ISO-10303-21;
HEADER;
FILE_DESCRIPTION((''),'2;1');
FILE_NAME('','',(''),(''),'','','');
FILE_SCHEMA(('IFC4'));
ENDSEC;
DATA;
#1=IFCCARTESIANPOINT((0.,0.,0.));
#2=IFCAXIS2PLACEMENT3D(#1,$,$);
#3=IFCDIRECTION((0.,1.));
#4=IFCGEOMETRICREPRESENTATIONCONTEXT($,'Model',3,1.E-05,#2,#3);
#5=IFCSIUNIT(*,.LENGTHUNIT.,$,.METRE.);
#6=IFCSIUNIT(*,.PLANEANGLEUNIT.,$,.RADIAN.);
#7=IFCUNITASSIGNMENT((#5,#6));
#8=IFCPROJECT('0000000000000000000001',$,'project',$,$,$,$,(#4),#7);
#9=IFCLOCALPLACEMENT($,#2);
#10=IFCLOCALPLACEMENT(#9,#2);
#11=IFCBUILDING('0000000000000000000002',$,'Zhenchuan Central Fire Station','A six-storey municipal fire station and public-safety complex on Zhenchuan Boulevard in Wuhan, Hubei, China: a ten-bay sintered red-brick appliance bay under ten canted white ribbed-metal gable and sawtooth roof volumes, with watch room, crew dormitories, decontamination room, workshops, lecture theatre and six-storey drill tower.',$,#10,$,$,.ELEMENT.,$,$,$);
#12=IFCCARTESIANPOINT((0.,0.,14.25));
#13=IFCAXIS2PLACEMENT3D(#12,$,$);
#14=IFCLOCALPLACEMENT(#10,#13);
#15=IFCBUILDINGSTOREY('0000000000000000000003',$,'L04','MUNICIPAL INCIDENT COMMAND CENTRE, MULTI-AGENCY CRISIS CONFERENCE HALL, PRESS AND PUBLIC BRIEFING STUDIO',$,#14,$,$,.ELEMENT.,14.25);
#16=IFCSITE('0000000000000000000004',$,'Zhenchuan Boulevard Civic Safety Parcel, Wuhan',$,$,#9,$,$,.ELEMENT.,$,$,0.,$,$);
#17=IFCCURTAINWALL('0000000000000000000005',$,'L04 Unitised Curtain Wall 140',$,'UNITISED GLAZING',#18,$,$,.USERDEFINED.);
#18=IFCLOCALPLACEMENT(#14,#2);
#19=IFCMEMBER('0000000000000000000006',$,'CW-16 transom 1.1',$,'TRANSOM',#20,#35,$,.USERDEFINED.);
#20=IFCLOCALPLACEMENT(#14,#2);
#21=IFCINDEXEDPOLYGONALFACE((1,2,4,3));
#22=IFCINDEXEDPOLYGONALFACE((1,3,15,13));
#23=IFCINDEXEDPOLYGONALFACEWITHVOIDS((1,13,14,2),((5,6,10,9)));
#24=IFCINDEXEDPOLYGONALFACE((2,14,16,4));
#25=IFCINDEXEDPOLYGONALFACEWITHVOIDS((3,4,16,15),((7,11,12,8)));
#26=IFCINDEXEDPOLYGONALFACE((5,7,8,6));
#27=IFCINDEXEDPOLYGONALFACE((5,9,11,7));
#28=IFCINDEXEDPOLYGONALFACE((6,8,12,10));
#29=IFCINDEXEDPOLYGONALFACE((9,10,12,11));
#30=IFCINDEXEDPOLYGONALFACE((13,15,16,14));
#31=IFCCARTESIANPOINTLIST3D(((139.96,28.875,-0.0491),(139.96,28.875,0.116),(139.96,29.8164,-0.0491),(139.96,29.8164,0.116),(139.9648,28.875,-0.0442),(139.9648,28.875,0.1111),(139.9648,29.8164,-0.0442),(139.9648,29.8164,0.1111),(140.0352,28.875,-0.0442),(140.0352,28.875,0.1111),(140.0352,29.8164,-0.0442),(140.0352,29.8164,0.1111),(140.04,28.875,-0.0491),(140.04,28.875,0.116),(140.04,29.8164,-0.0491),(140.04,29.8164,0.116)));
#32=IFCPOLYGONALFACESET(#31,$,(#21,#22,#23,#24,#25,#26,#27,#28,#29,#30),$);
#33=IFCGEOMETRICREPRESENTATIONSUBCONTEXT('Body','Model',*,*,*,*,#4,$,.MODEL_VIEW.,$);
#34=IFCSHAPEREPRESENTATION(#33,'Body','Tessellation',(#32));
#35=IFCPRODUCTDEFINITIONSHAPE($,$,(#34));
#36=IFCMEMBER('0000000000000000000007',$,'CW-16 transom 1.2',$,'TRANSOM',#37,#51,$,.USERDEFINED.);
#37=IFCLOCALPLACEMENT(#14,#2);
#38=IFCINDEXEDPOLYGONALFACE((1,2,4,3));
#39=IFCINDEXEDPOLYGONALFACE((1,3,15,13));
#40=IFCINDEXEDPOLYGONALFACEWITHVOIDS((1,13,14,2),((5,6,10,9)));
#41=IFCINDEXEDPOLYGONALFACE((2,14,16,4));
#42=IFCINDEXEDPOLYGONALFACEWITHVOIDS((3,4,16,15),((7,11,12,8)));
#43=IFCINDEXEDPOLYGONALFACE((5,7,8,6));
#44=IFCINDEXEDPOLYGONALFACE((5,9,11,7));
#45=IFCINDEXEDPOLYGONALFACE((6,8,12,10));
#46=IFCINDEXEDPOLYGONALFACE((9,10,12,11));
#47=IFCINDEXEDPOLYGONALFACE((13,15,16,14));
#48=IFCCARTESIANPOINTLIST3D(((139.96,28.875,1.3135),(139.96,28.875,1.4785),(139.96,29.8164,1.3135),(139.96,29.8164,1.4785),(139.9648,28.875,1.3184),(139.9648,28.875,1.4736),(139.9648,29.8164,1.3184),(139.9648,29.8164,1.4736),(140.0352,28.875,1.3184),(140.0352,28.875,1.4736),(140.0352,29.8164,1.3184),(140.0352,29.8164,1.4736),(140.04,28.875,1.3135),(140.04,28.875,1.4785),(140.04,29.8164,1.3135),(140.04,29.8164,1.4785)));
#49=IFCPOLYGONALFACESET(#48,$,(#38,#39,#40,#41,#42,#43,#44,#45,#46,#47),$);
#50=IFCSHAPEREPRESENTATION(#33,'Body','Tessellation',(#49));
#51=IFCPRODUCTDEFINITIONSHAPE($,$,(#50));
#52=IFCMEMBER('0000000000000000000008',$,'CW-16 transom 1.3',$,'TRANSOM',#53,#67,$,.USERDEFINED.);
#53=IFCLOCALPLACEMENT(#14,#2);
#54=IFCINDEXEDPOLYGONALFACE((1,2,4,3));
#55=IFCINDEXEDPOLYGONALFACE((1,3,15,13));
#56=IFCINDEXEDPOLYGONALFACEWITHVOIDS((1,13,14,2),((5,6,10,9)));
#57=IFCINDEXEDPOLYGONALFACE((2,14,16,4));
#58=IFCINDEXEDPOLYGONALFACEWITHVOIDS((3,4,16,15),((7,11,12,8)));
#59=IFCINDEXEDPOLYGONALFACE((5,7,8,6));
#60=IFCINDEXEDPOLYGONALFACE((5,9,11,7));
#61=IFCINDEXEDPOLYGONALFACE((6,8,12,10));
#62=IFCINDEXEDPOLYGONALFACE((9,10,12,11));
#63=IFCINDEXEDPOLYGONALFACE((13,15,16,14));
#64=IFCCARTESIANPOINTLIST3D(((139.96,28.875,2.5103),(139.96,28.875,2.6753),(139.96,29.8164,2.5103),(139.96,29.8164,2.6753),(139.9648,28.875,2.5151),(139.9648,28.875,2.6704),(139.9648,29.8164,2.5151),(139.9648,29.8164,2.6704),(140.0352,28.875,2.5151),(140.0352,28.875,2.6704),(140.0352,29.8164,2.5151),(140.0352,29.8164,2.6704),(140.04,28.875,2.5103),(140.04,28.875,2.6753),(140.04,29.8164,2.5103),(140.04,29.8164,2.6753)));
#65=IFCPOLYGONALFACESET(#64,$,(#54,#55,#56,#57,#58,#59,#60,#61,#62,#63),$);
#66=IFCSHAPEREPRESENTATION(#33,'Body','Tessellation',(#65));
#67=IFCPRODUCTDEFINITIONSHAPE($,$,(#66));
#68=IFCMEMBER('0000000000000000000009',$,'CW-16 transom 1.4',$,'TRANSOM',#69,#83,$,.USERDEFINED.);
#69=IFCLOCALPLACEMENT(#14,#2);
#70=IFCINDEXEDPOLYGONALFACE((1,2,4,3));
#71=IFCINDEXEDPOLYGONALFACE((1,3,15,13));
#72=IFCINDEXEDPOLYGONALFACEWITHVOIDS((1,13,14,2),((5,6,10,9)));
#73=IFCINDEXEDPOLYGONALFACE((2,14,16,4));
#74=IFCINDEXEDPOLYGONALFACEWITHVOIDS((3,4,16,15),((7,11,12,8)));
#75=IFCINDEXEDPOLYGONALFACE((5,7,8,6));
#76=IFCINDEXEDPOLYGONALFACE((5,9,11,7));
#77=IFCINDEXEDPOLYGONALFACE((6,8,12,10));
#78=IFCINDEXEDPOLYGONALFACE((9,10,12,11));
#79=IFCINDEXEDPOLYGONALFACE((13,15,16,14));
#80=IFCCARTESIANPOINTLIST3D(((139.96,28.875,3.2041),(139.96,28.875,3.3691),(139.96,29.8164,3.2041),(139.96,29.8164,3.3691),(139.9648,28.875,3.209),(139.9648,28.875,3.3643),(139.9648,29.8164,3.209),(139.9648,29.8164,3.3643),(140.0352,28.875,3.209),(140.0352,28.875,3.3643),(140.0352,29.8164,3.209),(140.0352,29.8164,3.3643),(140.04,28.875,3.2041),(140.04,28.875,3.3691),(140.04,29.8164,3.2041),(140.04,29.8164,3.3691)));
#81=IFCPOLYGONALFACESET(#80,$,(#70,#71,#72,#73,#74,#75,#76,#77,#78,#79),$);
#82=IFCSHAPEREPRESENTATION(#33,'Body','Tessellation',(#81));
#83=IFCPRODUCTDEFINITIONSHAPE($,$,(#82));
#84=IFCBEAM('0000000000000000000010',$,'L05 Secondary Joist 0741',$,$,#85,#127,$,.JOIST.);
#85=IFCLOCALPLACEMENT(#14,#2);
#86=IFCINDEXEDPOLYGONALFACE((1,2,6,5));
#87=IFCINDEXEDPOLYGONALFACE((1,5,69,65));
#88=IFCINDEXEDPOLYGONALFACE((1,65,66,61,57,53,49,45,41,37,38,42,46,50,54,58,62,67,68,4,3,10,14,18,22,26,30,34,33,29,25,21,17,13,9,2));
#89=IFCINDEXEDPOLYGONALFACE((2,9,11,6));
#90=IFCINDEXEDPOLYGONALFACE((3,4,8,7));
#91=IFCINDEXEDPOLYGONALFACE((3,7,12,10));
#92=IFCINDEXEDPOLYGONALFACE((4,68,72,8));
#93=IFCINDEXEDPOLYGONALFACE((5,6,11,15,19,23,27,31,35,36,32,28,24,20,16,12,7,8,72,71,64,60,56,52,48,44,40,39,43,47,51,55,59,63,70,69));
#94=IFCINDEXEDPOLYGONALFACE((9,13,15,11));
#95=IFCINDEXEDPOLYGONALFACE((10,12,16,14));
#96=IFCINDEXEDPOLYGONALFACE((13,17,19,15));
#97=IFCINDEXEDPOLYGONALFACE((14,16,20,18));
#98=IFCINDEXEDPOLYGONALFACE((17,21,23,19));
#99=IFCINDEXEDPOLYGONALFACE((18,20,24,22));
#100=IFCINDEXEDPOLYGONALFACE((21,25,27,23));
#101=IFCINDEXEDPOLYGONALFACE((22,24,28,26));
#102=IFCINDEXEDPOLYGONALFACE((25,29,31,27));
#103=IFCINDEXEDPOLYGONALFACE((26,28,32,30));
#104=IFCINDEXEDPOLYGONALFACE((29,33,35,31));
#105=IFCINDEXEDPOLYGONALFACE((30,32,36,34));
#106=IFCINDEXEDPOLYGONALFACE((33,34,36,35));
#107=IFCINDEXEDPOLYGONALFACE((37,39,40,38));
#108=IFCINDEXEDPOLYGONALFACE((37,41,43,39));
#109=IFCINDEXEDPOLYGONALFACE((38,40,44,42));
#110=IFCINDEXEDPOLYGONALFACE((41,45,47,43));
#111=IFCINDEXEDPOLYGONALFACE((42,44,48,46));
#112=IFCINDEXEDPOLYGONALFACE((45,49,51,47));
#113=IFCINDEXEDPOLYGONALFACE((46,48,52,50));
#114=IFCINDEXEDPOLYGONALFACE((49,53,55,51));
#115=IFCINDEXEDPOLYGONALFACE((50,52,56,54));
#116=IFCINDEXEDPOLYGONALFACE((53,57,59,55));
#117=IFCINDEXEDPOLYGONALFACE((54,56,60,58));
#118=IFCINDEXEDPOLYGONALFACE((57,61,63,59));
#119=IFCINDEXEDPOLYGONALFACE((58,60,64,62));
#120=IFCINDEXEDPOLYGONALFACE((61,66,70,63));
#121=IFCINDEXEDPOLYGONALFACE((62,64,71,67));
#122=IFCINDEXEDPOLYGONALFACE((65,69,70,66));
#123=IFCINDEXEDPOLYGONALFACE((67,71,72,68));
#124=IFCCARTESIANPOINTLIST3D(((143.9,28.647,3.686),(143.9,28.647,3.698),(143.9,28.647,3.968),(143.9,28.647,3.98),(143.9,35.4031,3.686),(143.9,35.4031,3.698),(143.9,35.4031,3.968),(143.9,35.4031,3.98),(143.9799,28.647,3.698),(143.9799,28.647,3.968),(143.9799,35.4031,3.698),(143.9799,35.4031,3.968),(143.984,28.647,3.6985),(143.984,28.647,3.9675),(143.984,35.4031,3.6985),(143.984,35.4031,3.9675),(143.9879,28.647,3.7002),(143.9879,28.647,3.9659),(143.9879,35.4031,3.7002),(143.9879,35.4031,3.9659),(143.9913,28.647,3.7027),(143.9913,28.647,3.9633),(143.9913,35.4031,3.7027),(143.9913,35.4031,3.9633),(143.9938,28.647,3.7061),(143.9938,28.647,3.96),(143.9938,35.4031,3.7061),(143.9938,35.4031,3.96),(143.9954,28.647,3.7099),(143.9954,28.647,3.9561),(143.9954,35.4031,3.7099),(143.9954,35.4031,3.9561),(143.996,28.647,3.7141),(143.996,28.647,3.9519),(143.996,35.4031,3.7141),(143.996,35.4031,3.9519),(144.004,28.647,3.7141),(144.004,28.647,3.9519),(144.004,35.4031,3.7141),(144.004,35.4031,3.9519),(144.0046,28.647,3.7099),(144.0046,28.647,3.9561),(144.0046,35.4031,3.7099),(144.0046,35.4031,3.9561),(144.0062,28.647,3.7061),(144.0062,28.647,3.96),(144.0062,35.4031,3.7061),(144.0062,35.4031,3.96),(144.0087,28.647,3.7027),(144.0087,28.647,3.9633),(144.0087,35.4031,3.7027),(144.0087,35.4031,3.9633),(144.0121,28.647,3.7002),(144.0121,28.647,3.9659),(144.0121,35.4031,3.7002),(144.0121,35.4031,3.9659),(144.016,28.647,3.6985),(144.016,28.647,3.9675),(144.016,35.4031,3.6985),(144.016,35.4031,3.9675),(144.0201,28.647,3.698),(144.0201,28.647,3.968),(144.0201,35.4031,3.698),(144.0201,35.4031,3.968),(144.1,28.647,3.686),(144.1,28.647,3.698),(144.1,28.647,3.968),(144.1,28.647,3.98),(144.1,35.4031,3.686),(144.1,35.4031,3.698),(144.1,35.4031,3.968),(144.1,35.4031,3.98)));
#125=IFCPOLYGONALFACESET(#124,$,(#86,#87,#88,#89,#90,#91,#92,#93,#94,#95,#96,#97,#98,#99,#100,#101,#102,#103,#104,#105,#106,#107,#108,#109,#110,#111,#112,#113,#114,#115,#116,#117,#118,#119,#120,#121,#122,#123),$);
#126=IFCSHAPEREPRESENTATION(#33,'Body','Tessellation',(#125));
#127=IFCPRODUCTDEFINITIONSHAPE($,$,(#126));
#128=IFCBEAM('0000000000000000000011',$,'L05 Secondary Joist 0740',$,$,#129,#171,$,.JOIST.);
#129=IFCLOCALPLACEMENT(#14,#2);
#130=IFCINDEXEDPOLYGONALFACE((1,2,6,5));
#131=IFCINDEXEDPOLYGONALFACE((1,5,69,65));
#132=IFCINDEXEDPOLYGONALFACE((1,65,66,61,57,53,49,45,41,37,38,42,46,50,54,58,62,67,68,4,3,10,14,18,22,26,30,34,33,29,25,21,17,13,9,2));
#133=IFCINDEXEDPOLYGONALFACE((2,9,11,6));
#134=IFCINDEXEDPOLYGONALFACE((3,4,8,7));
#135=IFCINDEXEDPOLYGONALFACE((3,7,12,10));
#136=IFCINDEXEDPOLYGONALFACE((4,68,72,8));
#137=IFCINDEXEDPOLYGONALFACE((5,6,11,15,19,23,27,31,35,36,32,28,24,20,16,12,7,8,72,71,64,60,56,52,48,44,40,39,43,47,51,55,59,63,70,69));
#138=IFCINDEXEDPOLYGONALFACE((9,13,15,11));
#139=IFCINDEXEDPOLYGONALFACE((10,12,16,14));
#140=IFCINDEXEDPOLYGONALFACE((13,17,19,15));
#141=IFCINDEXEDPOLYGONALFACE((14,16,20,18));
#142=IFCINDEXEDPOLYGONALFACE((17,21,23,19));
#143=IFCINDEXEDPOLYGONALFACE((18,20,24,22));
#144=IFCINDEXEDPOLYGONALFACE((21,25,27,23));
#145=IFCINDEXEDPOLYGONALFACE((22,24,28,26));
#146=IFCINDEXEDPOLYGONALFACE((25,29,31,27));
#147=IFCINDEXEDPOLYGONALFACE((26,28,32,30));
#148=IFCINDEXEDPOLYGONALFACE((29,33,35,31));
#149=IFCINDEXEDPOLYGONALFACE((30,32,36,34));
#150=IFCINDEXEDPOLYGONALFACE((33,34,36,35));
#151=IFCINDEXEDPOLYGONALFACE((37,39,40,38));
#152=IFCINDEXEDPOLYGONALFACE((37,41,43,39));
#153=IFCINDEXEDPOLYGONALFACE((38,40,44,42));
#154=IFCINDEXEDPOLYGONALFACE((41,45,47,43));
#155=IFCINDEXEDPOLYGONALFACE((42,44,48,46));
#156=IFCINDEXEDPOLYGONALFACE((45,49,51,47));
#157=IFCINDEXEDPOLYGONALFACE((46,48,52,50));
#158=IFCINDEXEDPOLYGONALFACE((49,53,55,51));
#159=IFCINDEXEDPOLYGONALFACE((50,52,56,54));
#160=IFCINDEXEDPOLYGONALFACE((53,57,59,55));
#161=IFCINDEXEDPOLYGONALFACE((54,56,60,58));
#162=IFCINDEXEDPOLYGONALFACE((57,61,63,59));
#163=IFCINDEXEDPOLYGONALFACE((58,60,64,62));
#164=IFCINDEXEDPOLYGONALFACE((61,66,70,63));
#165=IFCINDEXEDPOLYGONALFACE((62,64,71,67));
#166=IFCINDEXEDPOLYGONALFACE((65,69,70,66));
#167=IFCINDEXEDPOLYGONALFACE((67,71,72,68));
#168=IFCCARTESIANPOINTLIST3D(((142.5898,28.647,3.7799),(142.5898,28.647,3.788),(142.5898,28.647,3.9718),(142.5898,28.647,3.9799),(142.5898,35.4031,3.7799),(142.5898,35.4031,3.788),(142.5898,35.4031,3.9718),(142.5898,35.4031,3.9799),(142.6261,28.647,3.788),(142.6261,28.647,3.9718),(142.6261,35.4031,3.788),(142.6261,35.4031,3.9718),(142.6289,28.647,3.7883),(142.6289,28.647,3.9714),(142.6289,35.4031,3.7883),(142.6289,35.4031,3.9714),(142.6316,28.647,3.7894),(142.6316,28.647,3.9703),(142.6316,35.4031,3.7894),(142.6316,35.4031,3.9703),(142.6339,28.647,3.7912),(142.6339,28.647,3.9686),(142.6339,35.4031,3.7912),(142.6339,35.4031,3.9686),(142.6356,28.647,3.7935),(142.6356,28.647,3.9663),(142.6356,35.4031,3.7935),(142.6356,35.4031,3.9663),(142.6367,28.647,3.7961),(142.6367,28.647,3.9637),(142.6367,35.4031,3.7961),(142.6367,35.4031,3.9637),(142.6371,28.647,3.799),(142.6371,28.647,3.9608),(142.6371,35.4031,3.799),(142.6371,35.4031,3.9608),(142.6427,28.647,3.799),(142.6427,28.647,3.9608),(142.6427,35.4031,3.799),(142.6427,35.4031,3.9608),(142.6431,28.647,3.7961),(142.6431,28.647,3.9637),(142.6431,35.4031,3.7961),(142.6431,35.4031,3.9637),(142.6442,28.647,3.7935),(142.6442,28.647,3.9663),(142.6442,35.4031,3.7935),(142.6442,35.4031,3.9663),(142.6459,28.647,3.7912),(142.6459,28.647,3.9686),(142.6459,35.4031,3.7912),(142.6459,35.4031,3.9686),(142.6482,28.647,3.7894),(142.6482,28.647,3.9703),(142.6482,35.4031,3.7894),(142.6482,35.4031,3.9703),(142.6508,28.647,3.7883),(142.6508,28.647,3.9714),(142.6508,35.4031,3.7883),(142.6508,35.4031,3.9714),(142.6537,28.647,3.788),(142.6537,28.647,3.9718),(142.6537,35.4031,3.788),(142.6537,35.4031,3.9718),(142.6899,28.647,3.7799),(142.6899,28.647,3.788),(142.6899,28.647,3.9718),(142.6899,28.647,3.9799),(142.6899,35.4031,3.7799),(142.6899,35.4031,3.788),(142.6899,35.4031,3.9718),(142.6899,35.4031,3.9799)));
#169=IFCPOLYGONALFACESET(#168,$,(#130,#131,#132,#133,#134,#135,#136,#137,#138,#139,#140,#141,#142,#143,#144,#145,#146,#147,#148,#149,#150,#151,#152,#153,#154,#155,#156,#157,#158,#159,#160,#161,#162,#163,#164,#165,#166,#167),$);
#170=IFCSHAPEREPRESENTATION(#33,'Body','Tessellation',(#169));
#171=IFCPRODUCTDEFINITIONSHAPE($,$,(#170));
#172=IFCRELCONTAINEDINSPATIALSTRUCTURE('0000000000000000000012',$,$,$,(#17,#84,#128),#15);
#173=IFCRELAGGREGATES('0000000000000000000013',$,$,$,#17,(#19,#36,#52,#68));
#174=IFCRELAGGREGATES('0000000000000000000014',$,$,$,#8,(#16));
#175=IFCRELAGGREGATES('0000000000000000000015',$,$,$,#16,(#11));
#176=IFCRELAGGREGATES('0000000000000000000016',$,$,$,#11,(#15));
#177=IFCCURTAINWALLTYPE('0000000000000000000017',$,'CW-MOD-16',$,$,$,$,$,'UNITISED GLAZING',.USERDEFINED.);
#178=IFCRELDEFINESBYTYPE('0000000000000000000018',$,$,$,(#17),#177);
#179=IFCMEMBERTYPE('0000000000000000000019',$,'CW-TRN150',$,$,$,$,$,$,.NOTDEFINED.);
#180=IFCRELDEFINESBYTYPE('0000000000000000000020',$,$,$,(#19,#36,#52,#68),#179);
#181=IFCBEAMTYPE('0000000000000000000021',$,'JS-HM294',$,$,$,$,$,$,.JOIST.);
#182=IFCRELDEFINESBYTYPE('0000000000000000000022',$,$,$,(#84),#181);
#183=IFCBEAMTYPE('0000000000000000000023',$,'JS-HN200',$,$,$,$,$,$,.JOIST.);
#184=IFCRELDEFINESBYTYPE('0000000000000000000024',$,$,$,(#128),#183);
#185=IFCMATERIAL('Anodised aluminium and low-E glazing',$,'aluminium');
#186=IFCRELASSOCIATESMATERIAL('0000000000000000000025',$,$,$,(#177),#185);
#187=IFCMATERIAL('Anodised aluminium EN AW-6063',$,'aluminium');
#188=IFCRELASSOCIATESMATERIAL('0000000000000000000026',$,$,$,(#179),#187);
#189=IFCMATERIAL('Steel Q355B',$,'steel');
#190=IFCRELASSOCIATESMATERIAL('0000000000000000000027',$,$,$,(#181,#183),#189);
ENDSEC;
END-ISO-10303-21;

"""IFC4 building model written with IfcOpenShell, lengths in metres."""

from ifc_helpers import new_model, si_unit, direction, frame, origin, origin_2d, place, context, subcontext, project, spatial, hollow_rectangle, i_section, extrude, material, material_profile, profile_set, type_object, element, aggregate, save


model = new_model("IFC4")

# Units and contexts
model_context = context("Model", 3, precision=1e-05, world=origin(), true_north=direction((0.0, 1.0)))
body_context = subcontext(model_context, "Body", "Model", "MODEL_VIEW")
ifc_project = project(units=[si_unit("LENGTHUNIT", "METRE"), si_unit("PLANEANGLEUNIT", "RADIAN")], contexts=[model_context])

# Site, building, storey
site_placement = place(None, origin())
site = spatial("IfcSite", under=ifc_project, at=site_placement, Name="Zhenchuan Boulevard Civic Safety Parcel, Wuhan", CompositionType="ELEMENT", RefElevation=0.0)
building_placement = place(site_placement, origin())
building = spatial("IfcBuilding", under=site, at=building_placement, Name="Zhenchuan Central Fire Station", Description="A six-storey municipal fire station and public-safety complex on Zhenchuan Boulevard in Wuhan, Hubei, China: a ten-bay sintered red-brick appliance bay under ten canted white ribbed-metal gable and sawtooth roof volumes, with watch room, crew dormitories, decontamination room, workshops, lecture theatre and six-storey drill tower.", CompositionType="ELEMENT")
storey_placement = place(building_placement, frame((0.0, 0.0, 14.25)))
storey = spatial("IfcBuildingStorey", under=building, at=storey_placement, Name="L04", Description="MUNICIPAL INCIDENT COMMAND CENTRE, MULTI-AGENCY CRISIS CONFERENCE HALL, PRESS AND PUBLIC BRIEFING STUDIO", CompositionType="ELEMENT", Elevation=14.25)

# Shared definitions
ifc_material_1 = material(Name="Steel Q355B", Category="steel")

# Shared definitions
ifc_material_2 = material(Name="Anodised aluminium and low-E glazing", Category="aluminium")
curtain_wall_type = type_object("IfcCurtainWallType", Name="CW-MOD-16", ElementType="UNITISED GLAZING", PredefinedType="USERDEFINED", material=ifc_material_2)
ifc_material_3 = material(Name="Anodised aluminium EN AW-6063", Category="aluminium")

# Curtain wall
curtain_wall_1_placement = place(storey_placement, origin())
curtain_wall_1 = element("IfcCurtainWall", 1, at=curtain_wall_1_placement, inside=storey, type_object=curtain_wall_type, Name="L04 Unitised Curtain Wall 140", ObjectType="UNITISED GLAZING", PredefinedType="USERDEFINED")

# Members
ifc_material_profile_1 = material_profile(ifc_material_3, hollow_rectangle(XDim=0.0801, YDim=0.165, WallThickness=0.0049, at=origin_2d()), Name="ALU-T 165x80")
ifc_profile_set_1 = profile_set([ifc_material_profile_1], Name="Anodised aluminium EN AW-6063")
member_type_1 = type_object("IfcMemberType", Name="CW-TRN150", PredefinedType="NOTDEFINED", material=ifc_profile_set_1)
member_1_placement = place(storey_placement, frame((140.0, 28.875, 0.0334), z_axis=(0.0, 1.0, 0.0), x_axis=(-1.0, 0.0, 0.0)))
member_1 = element("IfcMember", 2, at=member_1_placement, type_object=member_type_1, Name="CW-16 transom 1.1", ObjectType="TRANSOM", PredefinedType="USERDEFINED", context=body_context, shape_type="SweptSolid", body=[
    extrude(hollow_rectangle(XDim=0.0801, YDim=0.165, WallThickness=0.0049, at=origin_2d()), origin(), (0.0, 0.0, 1.0), 0.9414),
])
member_2_placement = place(storey_placement, frame((140.0, 28.875, 1.396), z_axis=(0.0, 1.0, 0.0), x_axis=(-1.0, 0.0, 0.0)))
member_2 = element("IfcMember", 3, at=member_2_placement, type_object=member_type_1, Name="CW-16 transom 1.2", ObjectType="TRANSOM", PredefinedType="USERDEFINED", context=body_context, shape_type="SweptSolid", body=[
    extrude(hollow_rectangle(XDim=0.0801, YDim=0.165, WallThickness=0.0049, at=origin_2d()), origin(), (0.0, 0.0, 1.0), 0.9414),
])
member_3_placement = place(storey_placement, frame((140.0, 28.875, 2.5928), z_axis=(0.0, 1.0, 0.0), x_axis=(-1.0, 0.0, 0.0)))
member_3 = element("IfcMember", 4, at=member_3_placement, type_object=member_type_1, Name="CW-16 transom 1.3", ObjectType="TRANSOM", PredefinedType="USERDEFINED", context=body_context, shape_type="SweptSolid", body=[
    extrude(hollow_rectangle(XDim=0.0801, YDim=0.165, WallThickness=0.0049, at=origin_2d()), origin(), (0.0, 0.0, 1.0), 0.9414),
])
member_4_placement = place(storey_placement, frame((140.0, 28.875, 3.2866), z_axis=(0.0, 1.0, 0.0), x_axis=(-1.0, 0.0, 0.0)))
member_4 = element("IfcMember", 5, at=member_4_placement, type_object=member_type_1, Name="CW-16 transom 1.4", ObjectType="TRANSOM", PredefinedType="USERDEFINED", context=body_context, shape_type="SweptSolid", body=[
    extrude(hollow_rectangle(XDim=0.0801, YDim=0.165, WallThickness=0.0049, at=origin_2d()), origin(), (0.0, 0.0, 1.0), 0.9414),
])

# Beams
ifc_material_profile_2 = material_profile(ifc_material_1, i_section(OverallWidth=0.2, OverallDepth=0.2939, WebThickness=0.0081, FlangeThickness=0.012, FilletRadius=0.0161, at=origin_2d()), Name="HM 294x200")
ifc_profile_set_2 = profile_set([ifc_material_profile_2], Name="Steel Q355B")
beam_type_1 = type_object("IfcBeamType", Name="JS-HM294", PredefinedType="JOIST", material=ifc_profile_set_2)
beam_1_placement = place(storey_placement, frame((144.0, 28.647, 3.833), z_axis=(0.0, 1.0, 0.0), x_axis=(-1.0, 0.0, 0.0)))
element("IfcBeam", 6, at=beam_1_placement, inside=storey, type_object=beam_type_1, Name="L05 Secondary Joist 0741", PredefinedType="JOIST", context=body_context, shape_type="SweptSolid", body=[
    extrude(i_section(OverallWidth=0.2, OverallDepth=0.2939, WebThickness=0.0081, FlangeThickness=0.012, FilletRadius=0.0161, at=origin_2d()), origin(), (0.0, 0.0, 1.0), 6.7561),
])
ifc_material_profile_3 = material_profile(ifc_material_1, i_section(OverallWidth=0.1001, OverallDepth=0.2, WebThickness=0.0056, FlangeThickness=0.0081, FilletRadius=0.011, at=origin_2d()), Name="HN 200x100")
ifc_profile_set_3 = profile_set([ifc_material_profile_3], Name="Steel Q355B")
beam_type_2 = type_object("IfcBeamType", Name="JS-HN200", PredefinedType="JOIST", material=ifc_profile_set_3)
beam_2_placement = place(storey_placement, frame((142.6399, 28.647, 3.8799), z_axis=(0.0, 1.0, 0.0), x_axis=(-1.0, 0.0, 0.0)))
element("IfcBeam", 7, at=beam_2_placement, inside=storey, type_object=beam_type_2, Name="L05 Secondary Joist 0740", PredefinedType="JOIST", context=body_context, shape_type="SweptSolid", body=[
    extrude(i_section(OverallWidth=0.1001, OverallDepth=0.2, WebThickness=0.0056, FlangeThickness=0.0081, FilletRadius=0.011, at=origin_2d()), origin(), (0.0, 0.0, 1.0), 6.7561),
])

aggregate(curtain_wall_1, [member_1, member_2, member_3, member_4])

save(model, "model.ifc")
